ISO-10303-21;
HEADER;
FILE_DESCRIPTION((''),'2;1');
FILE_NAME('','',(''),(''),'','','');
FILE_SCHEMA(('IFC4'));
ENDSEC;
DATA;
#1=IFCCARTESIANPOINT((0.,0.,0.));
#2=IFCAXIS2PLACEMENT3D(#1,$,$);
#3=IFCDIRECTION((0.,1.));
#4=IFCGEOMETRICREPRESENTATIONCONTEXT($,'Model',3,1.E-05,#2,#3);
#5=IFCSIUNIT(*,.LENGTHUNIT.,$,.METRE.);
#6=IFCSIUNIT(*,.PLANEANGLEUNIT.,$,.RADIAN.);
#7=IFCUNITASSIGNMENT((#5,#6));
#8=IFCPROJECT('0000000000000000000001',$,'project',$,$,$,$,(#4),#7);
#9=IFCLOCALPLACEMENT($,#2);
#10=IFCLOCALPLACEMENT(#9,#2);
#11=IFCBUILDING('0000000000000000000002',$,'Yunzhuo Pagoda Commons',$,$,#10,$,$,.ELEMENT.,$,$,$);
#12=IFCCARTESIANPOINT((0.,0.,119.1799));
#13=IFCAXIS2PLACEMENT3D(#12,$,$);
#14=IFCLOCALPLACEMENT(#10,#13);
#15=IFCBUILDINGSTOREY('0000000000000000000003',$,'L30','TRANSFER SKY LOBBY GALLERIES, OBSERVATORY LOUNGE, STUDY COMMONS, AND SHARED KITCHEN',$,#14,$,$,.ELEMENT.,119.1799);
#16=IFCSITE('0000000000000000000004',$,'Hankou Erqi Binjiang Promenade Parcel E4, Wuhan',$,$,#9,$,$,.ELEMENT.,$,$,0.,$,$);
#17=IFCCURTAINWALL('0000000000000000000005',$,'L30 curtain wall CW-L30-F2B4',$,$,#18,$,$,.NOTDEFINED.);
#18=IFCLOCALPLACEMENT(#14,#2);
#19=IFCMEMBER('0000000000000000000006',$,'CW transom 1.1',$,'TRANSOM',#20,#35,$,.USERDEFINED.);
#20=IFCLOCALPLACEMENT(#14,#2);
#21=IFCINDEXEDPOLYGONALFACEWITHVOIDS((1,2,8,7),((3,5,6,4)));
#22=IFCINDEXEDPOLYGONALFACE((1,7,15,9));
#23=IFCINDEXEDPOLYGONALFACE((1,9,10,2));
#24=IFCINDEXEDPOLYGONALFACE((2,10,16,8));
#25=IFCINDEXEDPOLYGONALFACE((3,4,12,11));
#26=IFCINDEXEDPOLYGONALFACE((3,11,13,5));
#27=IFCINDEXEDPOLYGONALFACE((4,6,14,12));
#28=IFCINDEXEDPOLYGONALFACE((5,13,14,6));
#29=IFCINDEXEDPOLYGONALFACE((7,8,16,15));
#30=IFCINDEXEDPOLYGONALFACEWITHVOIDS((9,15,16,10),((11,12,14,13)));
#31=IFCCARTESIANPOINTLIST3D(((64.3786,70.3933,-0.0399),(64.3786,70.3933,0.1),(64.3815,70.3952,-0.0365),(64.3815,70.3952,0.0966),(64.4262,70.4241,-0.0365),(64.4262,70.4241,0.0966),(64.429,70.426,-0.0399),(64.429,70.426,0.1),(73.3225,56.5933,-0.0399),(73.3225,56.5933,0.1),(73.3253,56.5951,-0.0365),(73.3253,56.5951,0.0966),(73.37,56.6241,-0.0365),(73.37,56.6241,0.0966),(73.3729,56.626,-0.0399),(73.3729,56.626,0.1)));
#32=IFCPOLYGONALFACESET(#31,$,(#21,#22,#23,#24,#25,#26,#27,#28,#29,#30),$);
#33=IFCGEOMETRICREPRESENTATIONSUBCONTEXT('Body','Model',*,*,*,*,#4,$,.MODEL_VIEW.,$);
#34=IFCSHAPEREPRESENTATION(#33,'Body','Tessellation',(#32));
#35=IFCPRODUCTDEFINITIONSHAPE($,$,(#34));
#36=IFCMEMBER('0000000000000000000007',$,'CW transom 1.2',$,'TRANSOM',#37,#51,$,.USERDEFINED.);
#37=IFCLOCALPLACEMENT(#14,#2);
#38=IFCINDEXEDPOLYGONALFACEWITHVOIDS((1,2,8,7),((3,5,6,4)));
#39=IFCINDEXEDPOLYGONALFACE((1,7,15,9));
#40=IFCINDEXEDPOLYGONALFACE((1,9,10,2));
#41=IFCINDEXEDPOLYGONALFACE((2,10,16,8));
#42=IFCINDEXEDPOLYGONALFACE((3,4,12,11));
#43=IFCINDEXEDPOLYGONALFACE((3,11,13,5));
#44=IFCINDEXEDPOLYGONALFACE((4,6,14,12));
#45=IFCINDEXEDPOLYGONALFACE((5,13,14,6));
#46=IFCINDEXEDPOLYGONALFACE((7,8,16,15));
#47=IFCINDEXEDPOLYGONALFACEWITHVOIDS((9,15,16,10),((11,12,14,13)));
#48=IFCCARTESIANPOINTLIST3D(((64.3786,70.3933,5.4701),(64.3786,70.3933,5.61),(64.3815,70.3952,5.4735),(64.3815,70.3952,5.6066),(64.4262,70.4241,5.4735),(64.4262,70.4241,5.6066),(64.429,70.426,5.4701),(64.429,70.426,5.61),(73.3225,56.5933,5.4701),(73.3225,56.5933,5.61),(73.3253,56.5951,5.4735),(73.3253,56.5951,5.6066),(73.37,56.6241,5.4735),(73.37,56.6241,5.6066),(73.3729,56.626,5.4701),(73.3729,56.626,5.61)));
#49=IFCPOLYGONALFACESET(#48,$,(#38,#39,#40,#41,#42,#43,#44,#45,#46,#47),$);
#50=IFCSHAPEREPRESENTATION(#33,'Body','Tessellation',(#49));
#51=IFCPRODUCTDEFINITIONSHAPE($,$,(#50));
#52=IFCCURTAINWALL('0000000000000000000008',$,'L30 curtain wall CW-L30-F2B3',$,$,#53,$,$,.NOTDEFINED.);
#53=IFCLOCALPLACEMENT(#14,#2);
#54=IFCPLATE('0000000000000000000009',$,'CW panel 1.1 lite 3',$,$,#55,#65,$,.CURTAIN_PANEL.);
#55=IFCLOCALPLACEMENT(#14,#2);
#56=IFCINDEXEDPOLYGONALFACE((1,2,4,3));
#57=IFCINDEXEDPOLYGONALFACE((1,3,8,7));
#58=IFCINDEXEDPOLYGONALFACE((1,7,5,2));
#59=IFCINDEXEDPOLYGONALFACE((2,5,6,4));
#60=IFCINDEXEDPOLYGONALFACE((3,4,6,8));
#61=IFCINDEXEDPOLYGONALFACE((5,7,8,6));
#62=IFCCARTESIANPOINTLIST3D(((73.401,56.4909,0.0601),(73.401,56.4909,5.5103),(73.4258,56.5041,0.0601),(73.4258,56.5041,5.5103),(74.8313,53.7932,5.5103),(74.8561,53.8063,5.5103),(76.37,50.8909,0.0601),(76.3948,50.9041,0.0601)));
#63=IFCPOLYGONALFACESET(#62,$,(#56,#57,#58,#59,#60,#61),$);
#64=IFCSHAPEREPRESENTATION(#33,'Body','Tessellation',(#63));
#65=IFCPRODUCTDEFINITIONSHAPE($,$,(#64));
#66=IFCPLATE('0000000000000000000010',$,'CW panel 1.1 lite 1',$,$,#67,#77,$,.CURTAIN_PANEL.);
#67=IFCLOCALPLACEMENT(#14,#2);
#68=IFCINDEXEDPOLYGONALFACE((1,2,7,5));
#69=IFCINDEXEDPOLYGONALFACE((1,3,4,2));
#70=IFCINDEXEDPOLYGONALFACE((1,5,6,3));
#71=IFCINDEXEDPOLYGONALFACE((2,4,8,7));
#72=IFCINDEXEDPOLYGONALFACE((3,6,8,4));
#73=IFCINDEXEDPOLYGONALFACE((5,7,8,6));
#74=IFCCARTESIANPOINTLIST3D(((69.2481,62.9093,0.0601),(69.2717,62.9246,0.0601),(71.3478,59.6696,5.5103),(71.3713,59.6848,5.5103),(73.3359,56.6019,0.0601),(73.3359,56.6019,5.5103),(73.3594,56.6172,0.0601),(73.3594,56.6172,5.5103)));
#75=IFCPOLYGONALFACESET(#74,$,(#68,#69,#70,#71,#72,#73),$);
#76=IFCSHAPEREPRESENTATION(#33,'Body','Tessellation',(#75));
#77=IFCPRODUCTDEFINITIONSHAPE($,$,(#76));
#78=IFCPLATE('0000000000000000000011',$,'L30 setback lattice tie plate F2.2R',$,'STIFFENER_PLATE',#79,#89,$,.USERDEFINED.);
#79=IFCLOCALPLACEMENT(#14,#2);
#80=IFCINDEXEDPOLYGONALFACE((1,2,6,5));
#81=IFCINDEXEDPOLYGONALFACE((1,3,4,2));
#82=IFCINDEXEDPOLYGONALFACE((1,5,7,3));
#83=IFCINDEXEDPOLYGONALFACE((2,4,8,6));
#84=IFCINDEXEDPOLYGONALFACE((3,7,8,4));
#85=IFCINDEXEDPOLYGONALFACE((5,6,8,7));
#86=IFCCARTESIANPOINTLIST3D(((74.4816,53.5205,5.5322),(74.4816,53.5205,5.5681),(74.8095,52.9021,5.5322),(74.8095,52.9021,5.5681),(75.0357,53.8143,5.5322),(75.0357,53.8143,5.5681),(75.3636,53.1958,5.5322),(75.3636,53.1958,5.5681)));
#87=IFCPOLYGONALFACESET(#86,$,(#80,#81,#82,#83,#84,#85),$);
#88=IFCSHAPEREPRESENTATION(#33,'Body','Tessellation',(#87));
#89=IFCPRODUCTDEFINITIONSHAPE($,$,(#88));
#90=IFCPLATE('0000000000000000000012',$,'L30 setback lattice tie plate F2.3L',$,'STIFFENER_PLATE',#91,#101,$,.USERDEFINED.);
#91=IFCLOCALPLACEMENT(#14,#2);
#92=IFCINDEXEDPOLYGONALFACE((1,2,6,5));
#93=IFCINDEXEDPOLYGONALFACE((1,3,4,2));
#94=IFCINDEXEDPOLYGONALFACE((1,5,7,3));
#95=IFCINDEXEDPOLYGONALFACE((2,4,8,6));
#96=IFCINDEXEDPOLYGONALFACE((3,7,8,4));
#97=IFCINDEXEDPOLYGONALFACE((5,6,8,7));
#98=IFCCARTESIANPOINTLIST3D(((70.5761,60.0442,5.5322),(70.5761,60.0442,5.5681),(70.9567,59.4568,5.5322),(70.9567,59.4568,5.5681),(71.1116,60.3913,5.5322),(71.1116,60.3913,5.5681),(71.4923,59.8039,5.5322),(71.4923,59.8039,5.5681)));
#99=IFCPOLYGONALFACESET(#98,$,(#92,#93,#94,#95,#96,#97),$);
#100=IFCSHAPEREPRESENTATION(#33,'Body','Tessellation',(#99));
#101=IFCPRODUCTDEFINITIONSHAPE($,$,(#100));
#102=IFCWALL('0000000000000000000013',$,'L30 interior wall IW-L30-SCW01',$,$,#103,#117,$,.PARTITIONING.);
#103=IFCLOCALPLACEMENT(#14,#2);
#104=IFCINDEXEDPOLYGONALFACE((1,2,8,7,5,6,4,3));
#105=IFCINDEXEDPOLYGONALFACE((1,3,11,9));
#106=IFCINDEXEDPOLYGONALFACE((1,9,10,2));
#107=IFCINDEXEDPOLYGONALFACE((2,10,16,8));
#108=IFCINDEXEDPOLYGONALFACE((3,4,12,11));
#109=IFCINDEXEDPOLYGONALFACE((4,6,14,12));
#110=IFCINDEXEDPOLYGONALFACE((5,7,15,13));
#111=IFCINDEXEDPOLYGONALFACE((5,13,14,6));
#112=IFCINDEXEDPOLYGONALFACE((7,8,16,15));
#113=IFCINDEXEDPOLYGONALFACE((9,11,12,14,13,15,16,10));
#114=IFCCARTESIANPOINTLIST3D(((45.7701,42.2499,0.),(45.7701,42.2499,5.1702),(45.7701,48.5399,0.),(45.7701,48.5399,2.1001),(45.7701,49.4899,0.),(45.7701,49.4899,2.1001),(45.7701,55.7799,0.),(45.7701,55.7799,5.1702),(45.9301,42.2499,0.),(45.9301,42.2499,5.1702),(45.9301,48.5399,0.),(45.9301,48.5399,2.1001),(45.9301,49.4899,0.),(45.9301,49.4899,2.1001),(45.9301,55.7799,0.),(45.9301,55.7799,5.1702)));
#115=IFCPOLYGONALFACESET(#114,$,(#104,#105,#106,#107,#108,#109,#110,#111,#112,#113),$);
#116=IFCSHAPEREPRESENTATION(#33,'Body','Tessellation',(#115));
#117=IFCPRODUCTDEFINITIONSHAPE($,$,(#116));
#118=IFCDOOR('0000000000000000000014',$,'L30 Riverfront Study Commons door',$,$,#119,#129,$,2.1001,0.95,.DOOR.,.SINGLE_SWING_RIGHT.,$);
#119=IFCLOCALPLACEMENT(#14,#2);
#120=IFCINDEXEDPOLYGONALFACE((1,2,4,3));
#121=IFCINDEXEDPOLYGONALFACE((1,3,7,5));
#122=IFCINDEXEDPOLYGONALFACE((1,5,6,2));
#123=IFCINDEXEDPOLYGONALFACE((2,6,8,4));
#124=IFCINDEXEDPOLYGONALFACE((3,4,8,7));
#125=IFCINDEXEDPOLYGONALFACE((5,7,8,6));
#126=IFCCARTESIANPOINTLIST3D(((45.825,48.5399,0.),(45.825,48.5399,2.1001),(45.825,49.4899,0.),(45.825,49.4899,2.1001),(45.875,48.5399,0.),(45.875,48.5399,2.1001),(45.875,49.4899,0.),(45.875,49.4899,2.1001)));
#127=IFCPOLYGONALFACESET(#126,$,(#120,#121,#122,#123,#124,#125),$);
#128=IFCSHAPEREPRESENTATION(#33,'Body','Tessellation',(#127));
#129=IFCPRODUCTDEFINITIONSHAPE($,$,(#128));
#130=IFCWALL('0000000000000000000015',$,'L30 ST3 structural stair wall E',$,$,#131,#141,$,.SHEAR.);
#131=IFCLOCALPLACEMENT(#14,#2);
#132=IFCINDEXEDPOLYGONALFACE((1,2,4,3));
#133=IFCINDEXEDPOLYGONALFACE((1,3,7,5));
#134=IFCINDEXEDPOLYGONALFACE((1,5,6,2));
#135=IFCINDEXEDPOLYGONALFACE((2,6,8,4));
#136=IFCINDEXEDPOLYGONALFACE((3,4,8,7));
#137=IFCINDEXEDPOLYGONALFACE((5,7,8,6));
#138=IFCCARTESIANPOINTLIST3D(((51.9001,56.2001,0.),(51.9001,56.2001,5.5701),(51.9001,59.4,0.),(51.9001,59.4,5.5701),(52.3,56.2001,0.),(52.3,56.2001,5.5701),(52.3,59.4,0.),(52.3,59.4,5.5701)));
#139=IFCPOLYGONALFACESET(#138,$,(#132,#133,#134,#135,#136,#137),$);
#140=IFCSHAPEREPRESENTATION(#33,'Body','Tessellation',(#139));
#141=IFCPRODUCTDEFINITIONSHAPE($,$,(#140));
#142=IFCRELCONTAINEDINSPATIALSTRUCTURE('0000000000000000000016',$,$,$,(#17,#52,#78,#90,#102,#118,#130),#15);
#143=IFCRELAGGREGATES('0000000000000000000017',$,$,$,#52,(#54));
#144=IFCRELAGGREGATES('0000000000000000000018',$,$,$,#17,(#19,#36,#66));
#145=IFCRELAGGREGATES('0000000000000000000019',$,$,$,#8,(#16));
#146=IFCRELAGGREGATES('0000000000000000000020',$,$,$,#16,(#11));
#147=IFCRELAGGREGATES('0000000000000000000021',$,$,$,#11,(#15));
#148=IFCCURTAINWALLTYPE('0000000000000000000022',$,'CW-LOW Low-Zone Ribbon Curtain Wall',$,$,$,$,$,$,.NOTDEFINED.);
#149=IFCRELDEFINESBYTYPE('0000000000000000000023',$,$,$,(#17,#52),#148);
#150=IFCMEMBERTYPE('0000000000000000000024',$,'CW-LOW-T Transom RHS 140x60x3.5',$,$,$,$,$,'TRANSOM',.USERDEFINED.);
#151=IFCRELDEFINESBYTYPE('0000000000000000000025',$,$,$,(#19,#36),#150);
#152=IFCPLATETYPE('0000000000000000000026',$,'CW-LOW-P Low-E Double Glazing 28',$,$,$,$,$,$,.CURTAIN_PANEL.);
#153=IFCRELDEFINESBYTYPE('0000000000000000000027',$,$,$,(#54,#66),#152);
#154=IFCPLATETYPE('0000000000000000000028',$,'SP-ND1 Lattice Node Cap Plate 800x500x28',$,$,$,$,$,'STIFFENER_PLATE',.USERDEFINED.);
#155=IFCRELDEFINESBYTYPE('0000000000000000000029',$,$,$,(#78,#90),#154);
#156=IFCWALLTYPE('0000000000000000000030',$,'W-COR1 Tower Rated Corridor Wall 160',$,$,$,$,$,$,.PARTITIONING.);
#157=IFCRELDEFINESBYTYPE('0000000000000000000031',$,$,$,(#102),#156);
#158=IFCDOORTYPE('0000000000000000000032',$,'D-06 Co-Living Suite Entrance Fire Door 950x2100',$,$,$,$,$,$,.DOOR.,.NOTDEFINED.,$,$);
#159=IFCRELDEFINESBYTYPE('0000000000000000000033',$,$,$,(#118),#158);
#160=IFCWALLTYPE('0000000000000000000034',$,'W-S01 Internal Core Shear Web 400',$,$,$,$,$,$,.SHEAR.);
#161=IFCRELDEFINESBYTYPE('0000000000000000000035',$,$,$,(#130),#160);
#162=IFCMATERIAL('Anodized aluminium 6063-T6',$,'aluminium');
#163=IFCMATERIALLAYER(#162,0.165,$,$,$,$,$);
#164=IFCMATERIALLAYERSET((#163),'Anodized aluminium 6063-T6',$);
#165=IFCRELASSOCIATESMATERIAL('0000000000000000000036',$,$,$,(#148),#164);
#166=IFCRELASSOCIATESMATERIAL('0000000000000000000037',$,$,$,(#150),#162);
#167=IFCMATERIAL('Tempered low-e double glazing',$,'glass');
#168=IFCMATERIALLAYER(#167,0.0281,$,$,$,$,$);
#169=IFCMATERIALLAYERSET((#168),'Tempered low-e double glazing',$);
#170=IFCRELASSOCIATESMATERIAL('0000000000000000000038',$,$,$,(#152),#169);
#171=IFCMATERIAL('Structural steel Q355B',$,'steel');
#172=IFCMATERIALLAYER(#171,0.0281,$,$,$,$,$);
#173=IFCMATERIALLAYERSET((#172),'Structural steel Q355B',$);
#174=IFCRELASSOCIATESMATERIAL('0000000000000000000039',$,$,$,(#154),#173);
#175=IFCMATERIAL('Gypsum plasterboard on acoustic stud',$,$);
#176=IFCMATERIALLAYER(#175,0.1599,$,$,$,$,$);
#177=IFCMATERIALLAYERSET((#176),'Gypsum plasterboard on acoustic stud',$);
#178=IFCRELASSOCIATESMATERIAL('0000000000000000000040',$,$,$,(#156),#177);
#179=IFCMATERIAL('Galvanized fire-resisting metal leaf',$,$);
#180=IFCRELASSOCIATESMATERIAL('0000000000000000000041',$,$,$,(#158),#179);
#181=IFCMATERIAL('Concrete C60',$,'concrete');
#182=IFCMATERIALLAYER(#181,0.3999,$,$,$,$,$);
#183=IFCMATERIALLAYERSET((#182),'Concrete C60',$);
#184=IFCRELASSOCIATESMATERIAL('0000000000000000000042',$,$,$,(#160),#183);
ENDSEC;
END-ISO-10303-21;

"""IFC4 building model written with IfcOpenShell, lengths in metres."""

from ifc_helpers import new_model, si_unit, direction, frame, frame_2d, origin, origin_with_axes, origin_2d, place, context, subcontext, project, spatial, polyline, rectangle, hollow_rectangle, outline, extrude, source, transform, mapped, material, layer, layer_set, material_profile, profile_set, type_object, element, fill, aggregate, save


model = new_model("IFC4")

# Units and contexts
model_context = context("Model", 3, precision=1e-05, world=origin(), true_north=direction((0.0, 1.0)))
body_context = subcontext(model_context, "Body", "Model", "MODEL_VIEW")
ifc_project = project(units=[si_unit("LENGTHUNIT", "METRE"), si_unit("PLANEANGLEUNIT", "RADIAN")], contexts=[model_context])

# Site, building, storey
site_placement = place(None, origin())
site = spatial("IfcSite", under=ifc_project, at=site_placement, Name="Hankou Erqi Binjiang Promenade Parcel E4, Wuhan", CompositionType="ELEMENT", RefElevation=0.0)
building_placement = place(site_placement, origin())
building = spatial("IfcBuilding", under=site, at=building_placement, Name="Yunzhuo Pagoda Commons", CompositionType="ELEMENT")
storey_placement = place(building_placement, frame((0.0, 0.0, 119.1799)))
storey = spatial("IfcBuildingStorey", under=building, at=storey_placement, Name="L30", Description="TRANSFER SKY LOBBY GALLERIES, OBSERVATORY LOUNGE, STUDY COMMONS, AND SHARED KITCHEN", CompositionType="ELEMENT", Elevation=119.1799)

# Shared definitions
ifc_material_1 = material(Name="Structural steel Q355B", Category="steel")

# Curtain wall, members
ifc_material_2 = material(Name="Anodized aluminium 6063-T6", Category="aluminium")
ifc_layer_1 = layer(ifc_material_2, 0.165)
ifc_layer_set_1 = layer_set([ifc_layer_1], Name="Anodized aluminium 6063-T6")
curtain_wall_type = type_object("IfcCurtainWallType", Name="CW-LOW Low-Zone Ribbon Curtain Wall", PredefinedType="NOTDEFINED", material=ifc_layer_set_1)
curtain_wall_1_placement = place(storey_placement, origin())
curtain_wall_1 = element("IfcCurtainWall", 1, at=curtain_wall_1_placement, inside=storey, type_object=curtain_wall_type, Name="L30 curtain wall CW-L30-F2B4", PredefinedType="NOTDEFINED")
ifc_material_profile_1 = material_profile(ifc_material_2, hollow_rectangle(XDim=0.0601, YDim=0.1399, WallThickness=0.0034, at=origin_2d()), Name="Anodized aluminium 6063-T6")
ifc_profile_set_1 = profile_set([ifc_material_profile_1], Name="Anodized aluminium 6063-T6")
member_type_1 = type_object("IfcMemberType", Name="CW-LOW-T Transom RHS 140x60x3.5", ElementType="TRANSOM", PredefinedType="USERDEFINED", material=ifc_profile_set_1)
shared_shape_1 = source(origin(), body_context, "Body", "SweptSolid", [
    extrude(hollow_rectangle(XDim=0.0601, YDim=0.1399, WallThickness=0.0034, at=origin_2d()), origin(), (0.0, 0.0, 1.0), 16.4448),
])
member_1_placement = place(storey_placement, frame((73.3477, 56.6096, 0.03), z_axis=(-0.543869, 0.83917, 0.0), x_axis=(-0.83917, -0.543869, 0.0)))
member_1 = element("IfcMember", 2, at=member_1_placement, type_object=member_type_1, Name="CW transom 1.1", ObjectType="TRANSOM", PredefinedType="USERDEFINED", context=body_context, shape_type="MappedRepresentation", body=[
    mapped(shared_shape_1, transform((0.0, 0.0, 0.0), scale=1.0)),
])
member_2_placement = place(storey_placement, frame((73.3477, 56.6096, 5.54), z_axis=(-0.543869, 0.83917, 0.0), x_axis=(-0.83917, -0.543869, 0.0)))
member_2 = element("IfcMember", 3, at=member_2_placement, type_object=member_type_1, Name="CW transom 1.2", ObjectType="TRANSOM", PredefinedType="USERDEFINED", context=body_context, shape_type="MappedRepresentation", body=[
    mapped(shared_shape_1, transform((0.0, 0.0, 0.0), scale=1.0)),
])

# Curtain wall, plate
curtain_wall_2_placement = place(storey_placement, origin())
curtain_wall_2 = element("IfcCurtainWall", 4, at=curtain_wall_2_placement, inside=storey, type_object=curtain_wall_type, Name="L30 curtain wall CW-L30-F2B3", PredefinedType="NOTDEFINED")
ifc_material_3 = material(Name="Tempered low-e double glazing", Category="glass")
ifc_layer_2 = layer(ifc_material_3, 0.0281)
ifc_layer_set_2 = layer_set([ifc_layer_2], Name="Tempered low-e double glazing")
plate_type_1 = type_object("IfcPlateType", Name="CW-LOW-P Low-E Double Glazing 28", PredefinedType="CURTAIN_PANEL", material=ifc_layer_set_2)
plate_1_placement = place(storey_placement, frame((74.8855, 53.6909, 2.7852), z_axis=(0.883512, 0.468408, 0.0), x_axis=(-0.468408, 0.883512, 0.0)))
plate_1 = element("IfcPlate", 5, at=plate_1_placement, type_object=plate_type_1, Name="CW panel 1.1 lite 3", PredefinedType="CURTAIN_PANEL", context=body_context, shape_type="SweptSolid", body=[
    extrude(outline(polyline([(-3.1692, -2.7251), (3.1692, -2.7251), (3.1692, 2.7251), (0.1157, 2.7251), (-3.1692, -2.7251)])), origin(), (0.0, 0.0, 1.0), 0.0281),
])
aggregate(curtain_wall_2, [plate_1])

# Plate
plate_2_placement = place(storey_placement, frame((71.292, 59.7556, 2.7852), z_axis=(0.839175, 0.543862, 0.0), x_axis=(-0.543862, 0.839175, 0.0)))
plate_2 = element("IfcPlate", 6, at=plate_2_placement, type_object=plate_type_1, Name="CW panel 1.1 lite 1", PredefinedType="CURTAIN_PANEL", context=body_context, shape_type="SweptSolid", body=[
    extrude(outline(polyline([(-3.7581, -2.7251), (3.7581, -2.7251), (-0.1025, 2.7251), (-3.7581, 2.7251), (-3.7581, -2.7251)])), origin(), (0.0, 0.0, 1.0), 0.0281),
])
aggregate(curtain_wall_1, [member_1, member_2, plate_2])

# Plates
ifc_layer_3 = layer(ifc_material_1, 0.0281)
ifc_layer_set_3 = layer_set([ifc_layer_3], Name="Structural steel Q355B")
plate_type_2 = type_object("IfcPlateType", Name="SP-ND1 Lattice Node Cap Plate 800x500x28", ElementType="STIFFENER_PLATE", PredefinedType="USERDEFINED", material=ifc_layer_set_3)
shared_shape_2 = source(origin(), body_context, "Body", "SweptSolid", [
    extrude(rectangle(XDim=0.7, YDim=0.6272, at=origin_2d()), origin(), (0.0, 0.0, 1.0), 0.0359),
])
plate_3_placement = place(storey_placement, frame((74.9226, 53.3582, 5.5322), z_axis=(0.0, 0.0, 1.0), x_axis=(-0.468408, 0.883512, 0.0)))
element("IfcPlate", 7, at=plate_3_placement, inside=storey, type_object=plate_type_2, Name="L30 setback lattice tie plate F2.2R", ObjectType="STIFFENER_PLATE", PredefinedType="USERDEFINED", context=body_context, shape_type="MappedRepresentation", body=[
    mapped(shared_shape_2, transform((0.0, 0.0, 0.0), scale=1.0)),
])
shared_shape_3 = source(origin(), body_context, "Body", "SweptSolid", [
    extrude(rectangle(XDim=0.7, YDim=0.6382, at=origin_2d()), origin(), (0.0, 0.0, 1.0), 0.0359),
])
plate_4_placement = place(storey_placement, frame((71.0342, 59.9241, 5.5322), z_axis=(0.0, 0.0, 1.0), x_axis=(-0.543863, 0.839174, 0.0)))
element("IfcPlate", 8, at=plate_4_placement, inside=storey, type_object=plate_type_2, Name="L30 setback lattice tie plate F2.3L", ObjectType="STIFFENER_PLATE", PredefinedType="USERDEFINED", context=body_context, shape_type="MappedRepresentation", body=[
    mapped(shared_shape_3, transform((0.0, 0.0, 0.0), scale=1.0)),
])

# Wall, opening, door
ifc_material_4 = material(Name="Gypsum plasterboard on acoustic stud")
ifc_layer_4 = layer(ifc_material_4, 0.1599)
ifc_layer_set_4 = layer_set([ifc_layer_4], Name="Gypsum plasterboard on acoustic stud")
wall_type_1 = type_object("IfcWallType", Name="W-COR1 Tower Rated Corridor Wall 160", PredefinedType="PARTITIONING", material=ifc_layer_set_4)
wall_1_placement = place(storey_placement, frame((45.8501, 55.78, 0.0), z_axis=(0.0, 0.0, 1.0), x_axis=(0.0, -1.0, 0.0)))
wall_1 = element("IfcWall", 9, at=wall_1_placement, inside=storey, type_object=wall_type_1, Name="L30 interior wall IW-L30-SCW01", PredefinedType="PARTITIONING", context=body_context, shape_type="SweptSolid", body=[
    extrude(rectangle(XDim=13.53, YDim=0.1599, at=frame_2d((6.7651, 0.0))), origin(), (0.0, 0.0, 1.0), 5.1702),
])
opening_placement = place(wall_1_placement, frame((6.29, 0.0, 0.0)))
opening = element("IfcOpeningElement", 10, at=opening_placement, cuts=wall_1, PredefinedType="OPENING", context=body_context, shape_type="SweptSolid", body=[
    extrude(rectangle(XDim=0.95, YDim=2.1001, at=frame_2d((0.4751, 1.05))), frame((0.0, 0.0898, 0.0), z_axis=(0.0, -1.0, 0.0), x_axis=(1.0, 0.0, 0.0)), (0.0, 0.0, 1.0), 0.1799),
])
ifc_material_5 = material(Name="Galvanized fire-resisting metal leaf")
door_type = type_object("IfcDoorType", Name="D-06 Co-Living Suite Entrance Fire Door 950x2100", OperationType="NOTDEFINED", PredefinedType="DOOR", material=ifc_material_5)
shared_shape_4 = source(origin(), body_context, "Body", "SweptSolid", [
    extrude(rectangle(XDim=0.95, YDim=2.1001, at=frame_2d((0.4751, 1.05))), frame((0.0, 0.0249, 0.0), z_axis=(0.0, -1.0, 0.0), x_axis=(1.0, 0.0, 0.0)), (0.0, 0.0, 1.0), 0.05),
])
door_placement = place(opening_placement, origin_with_axes())
door = element("IfcDoor", 11, at=door_placement, inside=storey, type_object=door_type, Name="L30 Riverfront Study Commons door", OperationType="SINGLE_SWING_RIGHT", OverallHeight=2.1001, OverallWidth=0.95, PredefinedType="DOOR", context=body_context, shape_type="MappedRepresentation", body=[
    mapped(shared_shape_4, transform((0.0, 0.0, 0.0), scale=1.0)),
])
fill(opening, door)

# Wall
ifc_material_6 = material(Name="Concrete C60", Category="concrete")
ifc_layer_5 = layer(ifc_material_6, 0.3999)
ifc_layer_set_5 = layer_set([ifc_layer_5], Name="Concrete C60")
wall_type_2 = type_object("IfcWallType", Name="W-S01 Internal Core Shear Web 400", PredefinedType="SHEAR", material=ifc_layer_set_5)
wall_2_placement = place(storey_placement, frame((52.1001, 56.2, 0.0), z_axis=(0.0, 0.0, 1.0), x_axis=(0.0, 1.0, 0.0)))
element("IfcWall", 12, at=wall_2_placement, inside=storey, type_object=wall_type_2, Name="L30 ST3 structural stair wall E", PredefinedType="SHEAR", context=body_context, shape_type="SweptSolid", body=[
    extrude(rectangle(XDim=3.2, YDim=0.3999, at=frame_2d((1.6001, 0.0))), origin(), (0.0, 0.0, 1.0), 5.5701),
])

save(model, "model.ifc")
